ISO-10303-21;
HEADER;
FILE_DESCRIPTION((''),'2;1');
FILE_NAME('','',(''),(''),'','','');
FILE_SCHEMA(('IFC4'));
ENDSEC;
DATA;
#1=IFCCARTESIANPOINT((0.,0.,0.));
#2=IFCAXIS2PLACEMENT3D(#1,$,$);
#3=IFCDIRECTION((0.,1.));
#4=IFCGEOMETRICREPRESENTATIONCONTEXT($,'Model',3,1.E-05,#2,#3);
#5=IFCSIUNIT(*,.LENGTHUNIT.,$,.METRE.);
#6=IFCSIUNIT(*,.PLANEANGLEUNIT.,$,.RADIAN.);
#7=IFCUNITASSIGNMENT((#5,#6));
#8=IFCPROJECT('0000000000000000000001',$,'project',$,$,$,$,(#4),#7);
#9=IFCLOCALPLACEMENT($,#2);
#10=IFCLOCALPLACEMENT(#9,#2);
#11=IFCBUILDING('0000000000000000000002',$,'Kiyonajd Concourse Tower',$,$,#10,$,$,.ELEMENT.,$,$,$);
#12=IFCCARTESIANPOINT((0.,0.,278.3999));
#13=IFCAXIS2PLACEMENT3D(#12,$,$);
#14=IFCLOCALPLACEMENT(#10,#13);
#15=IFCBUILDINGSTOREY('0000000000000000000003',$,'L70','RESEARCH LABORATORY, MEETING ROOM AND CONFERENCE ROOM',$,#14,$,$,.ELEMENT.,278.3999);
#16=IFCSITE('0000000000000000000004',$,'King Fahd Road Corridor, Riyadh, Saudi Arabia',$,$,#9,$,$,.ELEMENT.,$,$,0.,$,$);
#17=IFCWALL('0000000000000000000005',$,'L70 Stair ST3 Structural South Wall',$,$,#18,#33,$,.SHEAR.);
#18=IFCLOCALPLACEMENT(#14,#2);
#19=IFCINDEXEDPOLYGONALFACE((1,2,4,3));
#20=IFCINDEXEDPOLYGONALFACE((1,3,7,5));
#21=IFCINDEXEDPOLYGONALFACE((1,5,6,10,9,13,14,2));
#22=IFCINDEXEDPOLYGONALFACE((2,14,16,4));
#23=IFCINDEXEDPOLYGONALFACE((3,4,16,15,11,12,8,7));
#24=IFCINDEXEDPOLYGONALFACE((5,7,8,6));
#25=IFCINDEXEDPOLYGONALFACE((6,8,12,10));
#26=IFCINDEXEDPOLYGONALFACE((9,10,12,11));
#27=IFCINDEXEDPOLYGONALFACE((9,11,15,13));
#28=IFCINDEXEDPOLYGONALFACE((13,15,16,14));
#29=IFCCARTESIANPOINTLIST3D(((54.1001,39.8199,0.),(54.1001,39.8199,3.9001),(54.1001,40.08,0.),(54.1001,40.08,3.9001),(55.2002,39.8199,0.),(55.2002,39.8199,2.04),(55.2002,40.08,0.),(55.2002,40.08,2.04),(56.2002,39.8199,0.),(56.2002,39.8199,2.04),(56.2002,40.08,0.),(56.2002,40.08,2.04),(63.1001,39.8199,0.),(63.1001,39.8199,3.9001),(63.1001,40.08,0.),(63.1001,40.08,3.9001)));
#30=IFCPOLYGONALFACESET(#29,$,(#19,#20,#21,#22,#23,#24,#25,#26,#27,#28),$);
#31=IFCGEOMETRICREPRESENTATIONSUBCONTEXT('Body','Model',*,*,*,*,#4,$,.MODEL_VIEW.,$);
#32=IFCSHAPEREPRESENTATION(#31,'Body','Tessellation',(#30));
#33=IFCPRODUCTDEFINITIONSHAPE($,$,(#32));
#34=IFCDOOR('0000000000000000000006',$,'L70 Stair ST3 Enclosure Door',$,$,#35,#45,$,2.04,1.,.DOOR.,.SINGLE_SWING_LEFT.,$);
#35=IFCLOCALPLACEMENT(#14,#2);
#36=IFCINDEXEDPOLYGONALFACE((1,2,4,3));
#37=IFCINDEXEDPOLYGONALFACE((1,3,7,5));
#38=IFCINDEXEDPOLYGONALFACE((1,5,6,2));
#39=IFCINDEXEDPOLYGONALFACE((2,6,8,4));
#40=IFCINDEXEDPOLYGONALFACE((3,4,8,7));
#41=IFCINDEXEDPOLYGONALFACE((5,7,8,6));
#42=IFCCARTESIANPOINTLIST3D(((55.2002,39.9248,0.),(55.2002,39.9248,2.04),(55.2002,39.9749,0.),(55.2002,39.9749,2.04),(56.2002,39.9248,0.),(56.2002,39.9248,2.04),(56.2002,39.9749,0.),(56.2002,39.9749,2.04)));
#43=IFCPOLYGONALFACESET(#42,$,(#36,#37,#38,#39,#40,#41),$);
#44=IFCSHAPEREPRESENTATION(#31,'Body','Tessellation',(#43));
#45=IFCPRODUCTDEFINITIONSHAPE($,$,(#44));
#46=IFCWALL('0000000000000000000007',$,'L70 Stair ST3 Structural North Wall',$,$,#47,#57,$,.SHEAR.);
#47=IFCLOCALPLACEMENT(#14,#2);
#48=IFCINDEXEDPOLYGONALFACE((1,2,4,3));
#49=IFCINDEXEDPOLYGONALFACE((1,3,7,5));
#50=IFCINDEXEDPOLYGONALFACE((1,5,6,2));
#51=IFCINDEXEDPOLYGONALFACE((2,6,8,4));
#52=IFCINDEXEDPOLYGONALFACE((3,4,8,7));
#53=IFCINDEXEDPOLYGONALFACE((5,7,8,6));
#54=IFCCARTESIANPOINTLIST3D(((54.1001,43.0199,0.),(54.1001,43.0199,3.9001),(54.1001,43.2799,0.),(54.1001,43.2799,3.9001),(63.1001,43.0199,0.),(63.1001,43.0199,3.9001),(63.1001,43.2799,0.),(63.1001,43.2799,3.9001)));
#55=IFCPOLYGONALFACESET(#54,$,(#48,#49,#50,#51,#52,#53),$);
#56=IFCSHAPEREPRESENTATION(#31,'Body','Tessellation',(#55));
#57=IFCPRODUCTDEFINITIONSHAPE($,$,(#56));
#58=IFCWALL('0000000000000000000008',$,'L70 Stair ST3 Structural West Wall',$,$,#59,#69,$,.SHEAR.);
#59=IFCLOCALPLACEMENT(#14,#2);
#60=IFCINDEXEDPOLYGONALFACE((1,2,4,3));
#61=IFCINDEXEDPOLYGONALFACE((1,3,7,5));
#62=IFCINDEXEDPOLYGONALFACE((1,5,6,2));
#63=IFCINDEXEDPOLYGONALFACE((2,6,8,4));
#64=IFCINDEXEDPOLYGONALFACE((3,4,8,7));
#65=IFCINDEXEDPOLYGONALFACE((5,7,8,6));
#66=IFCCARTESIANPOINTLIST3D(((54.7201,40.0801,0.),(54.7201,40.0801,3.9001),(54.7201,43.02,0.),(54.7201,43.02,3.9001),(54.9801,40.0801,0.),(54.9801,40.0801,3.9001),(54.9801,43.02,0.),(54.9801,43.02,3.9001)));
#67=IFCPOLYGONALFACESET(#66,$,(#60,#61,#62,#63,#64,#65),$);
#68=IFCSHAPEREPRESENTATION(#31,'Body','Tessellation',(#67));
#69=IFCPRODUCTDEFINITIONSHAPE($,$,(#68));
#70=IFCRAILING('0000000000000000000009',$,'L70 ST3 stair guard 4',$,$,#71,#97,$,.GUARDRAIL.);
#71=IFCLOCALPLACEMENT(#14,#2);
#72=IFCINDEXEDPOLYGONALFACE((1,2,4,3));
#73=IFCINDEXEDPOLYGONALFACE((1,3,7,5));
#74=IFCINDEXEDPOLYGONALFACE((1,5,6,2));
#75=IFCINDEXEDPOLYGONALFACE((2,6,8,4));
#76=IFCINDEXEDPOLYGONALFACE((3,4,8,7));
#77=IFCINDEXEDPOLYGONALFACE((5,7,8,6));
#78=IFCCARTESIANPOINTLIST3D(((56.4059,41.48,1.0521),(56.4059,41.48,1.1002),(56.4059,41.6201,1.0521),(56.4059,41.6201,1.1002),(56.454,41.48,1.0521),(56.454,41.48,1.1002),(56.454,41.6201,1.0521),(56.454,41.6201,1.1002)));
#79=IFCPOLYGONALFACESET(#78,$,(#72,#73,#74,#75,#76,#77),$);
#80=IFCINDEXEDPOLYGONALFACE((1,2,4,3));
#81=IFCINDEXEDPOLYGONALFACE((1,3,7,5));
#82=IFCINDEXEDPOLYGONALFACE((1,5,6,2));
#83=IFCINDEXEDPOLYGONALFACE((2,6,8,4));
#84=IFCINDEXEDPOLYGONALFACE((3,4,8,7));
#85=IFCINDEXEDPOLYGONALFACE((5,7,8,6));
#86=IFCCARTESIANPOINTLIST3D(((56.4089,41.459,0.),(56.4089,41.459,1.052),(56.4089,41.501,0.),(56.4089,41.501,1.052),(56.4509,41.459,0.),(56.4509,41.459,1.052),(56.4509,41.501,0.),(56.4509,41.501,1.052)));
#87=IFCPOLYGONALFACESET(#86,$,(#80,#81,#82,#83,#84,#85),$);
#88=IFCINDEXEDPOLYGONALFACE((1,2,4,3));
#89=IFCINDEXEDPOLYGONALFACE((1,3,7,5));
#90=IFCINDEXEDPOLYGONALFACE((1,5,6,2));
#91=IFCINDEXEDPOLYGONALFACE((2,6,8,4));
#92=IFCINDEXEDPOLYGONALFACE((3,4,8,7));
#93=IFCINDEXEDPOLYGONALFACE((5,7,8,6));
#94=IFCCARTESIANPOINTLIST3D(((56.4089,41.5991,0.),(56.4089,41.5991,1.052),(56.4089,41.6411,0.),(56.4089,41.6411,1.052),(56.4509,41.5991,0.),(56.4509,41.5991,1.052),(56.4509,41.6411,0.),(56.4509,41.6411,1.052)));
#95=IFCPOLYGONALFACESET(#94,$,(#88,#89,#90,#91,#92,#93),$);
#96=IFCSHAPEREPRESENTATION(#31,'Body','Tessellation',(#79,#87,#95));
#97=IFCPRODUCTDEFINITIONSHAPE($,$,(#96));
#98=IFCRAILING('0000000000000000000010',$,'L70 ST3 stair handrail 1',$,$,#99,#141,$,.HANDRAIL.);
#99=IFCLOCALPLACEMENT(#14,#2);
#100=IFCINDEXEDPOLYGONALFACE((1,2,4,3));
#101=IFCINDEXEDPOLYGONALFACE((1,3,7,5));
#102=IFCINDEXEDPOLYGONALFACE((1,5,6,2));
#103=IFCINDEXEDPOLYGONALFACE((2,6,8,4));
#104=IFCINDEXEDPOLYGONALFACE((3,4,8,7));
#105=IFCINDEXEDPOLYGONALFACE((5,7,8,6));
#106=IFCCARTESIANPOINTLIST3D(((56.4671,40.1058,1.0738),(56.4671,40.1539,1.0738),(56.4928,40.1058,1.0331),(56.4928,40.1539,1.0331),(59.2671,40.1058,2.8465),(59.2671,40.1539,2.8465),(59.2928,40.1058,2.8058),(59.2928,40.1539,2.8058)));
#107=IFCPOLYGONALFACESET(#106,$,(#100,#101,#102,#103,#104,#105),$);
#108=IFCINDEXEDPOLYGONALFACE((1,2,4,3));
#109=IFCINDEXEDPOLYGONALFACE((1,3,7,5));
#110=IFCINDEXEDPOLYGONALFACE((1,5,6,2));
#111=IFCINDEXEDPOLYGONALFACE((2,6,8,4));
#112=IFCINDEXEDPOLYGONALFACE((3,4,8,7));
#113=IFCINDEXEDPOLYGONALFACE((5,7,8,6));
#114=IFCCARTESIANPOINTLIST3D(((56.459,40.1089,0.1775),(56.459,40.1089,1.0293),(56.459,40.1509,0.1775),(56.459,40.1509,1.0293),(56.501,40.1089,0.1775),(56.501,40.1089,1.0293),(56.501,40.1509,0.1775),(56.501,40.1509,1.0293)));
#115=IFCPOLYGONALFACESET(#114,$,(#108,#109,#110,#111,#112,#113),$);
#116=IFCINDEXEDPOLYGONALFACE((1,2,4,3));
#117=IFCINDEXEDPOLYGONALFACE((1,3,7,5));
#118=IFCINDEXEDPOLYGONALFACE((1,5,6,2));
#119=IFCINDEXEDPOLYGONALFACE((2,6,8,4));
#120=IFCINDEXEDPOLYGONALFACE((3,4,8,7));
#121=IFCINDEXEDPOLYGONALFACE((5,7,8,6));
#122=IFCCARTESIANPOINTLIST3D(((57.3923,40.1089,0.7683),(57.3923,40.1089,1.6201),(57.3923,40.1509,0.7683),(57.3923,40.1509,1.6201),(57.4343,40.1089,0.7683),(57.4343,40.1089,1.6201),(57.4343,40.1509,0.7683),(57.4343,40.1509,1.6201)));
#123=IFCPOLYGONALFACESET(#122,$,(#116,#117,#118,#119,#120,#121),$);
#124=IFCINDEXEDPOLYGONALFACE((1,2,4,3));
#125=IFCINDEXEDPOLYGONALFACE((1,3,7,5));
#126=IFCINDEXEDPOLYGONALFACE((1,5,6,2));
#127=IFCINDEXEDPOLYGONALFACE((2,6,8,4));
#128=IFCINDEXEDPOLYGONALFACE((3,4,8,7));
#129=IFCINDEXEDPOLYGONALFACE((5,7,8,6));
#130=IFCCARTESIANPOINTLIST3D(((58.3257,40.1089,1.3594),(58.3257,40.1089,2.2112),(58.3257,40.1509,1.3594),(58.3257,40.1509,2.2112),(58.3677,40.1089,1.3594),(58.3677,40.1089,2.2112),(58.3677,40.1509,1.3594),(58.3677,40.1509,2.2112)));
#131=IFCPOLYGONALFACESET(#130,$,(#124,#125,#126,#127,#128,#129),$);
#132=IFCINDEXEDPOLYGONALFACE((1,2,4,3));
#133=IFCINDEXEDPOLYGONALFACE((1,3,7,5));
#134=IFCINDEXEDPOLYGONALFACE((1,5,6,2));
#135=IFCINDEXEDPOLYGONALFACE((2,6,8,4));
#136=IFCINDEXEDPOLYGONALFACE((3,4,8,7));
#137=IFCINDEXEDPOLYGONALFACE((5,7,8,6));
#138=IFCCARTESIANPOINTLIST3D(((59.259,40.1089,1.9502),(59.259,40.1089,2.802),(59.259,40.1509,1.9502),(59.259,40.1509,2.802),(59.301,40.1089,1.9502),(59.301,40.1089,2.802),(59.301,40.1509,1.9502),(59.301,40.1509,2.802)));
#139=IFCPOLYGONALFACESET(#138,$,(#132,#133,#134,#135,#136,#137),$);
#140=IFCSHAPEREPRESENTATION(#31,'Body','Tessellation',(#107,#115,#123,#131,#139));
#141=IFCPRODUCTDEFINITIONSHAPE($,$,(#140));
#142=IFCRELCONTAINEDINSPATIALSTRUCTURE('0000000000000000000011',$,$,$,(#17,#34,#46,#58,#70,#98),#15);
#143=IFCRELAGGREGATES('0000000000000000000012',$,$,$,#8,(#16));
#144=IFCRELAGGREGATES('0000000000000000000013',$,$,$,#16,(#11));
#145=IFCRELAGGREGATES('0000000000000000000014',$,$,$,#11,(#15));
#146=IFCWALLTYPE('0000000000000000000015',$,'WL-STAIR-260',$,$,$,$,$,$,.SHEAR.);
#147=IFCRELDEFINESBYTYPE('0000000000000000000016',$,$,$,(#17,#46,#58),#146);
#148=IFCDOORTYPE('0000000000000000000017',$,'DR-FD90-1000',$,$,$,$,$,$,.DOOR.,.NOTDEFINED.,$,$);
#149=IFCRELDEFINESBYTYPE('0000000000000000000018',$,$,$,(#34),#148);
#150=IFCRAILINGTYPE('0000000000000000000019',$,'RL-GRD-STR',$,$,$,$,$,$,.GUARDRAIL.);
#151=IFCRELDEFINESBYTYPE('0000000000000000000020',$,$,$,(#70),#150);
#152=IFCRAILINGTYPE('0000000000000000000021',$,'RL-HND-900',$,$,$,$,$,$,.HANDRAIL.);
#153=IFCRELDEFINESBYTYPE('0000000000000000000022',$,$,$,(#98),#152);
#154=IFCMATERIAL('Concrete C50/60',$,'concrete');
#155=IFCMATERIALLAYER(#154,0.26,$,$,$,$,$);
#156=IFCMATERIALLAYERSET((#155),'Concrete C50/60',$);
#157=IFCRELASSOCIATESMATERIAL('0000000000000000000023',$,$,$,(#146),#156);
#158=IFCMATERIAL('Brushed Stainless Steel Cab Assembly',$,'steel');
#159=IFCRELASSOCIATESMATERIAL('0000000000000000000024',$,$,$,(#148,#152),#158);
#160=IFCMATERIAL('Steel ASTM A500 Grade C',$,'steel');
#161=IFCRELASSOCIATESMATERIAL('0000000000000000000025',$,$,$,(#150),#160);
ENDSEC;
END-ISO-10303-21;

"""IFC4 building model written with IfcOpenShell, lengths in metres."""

from ifc_helpers import new_model, si_unit, direction, frame, frame_2d, origin, origin_2d, place, context, subcontext, project, spatial, rectangle, extrude, material, layer, layer_set, type_object, element, fill, save


model = new_model("IFC4")

# Units and contexts
model_context = context("Model", 3, precision=1e-05, world=origin(), true_north=direction((0.0, 1.0)))
body_context = subcontext(model_context, "Body", "Model", "MODEL_VIEW")
ifc_project = project(units=[si_unit("LENGTHUNIT", "METRE"), si_unit("PLANEANGLEUNIT", "RADIAN")], contexts=[model_context])

# Site, building, storey
site_placement = place(None, origin())
site = spatial("IfcSite", under=ifc_project, at=site_placement, Name="King Fahd Road Corridor, Riyadh, Saudi Arabia", CompositionType="ELEMENT", RefElevation=0.0)
building_placement = place(site_placement, origin())
building = spatial("IfcBuilding", under=site, at=building_placement, Name="Kiyonajd Concourse Tower", CompositionType="ELEMENT")
storey_placement = place(building_placement, frame((0.0, 0.0, 278.3999)))
storey = spatial("IfcBuildingStorey", under=building, at=storey_placement, Name="L70", Description="RESEARCH LABORATORY, MEETING ROOM AND CONFERENCE ROOM", CompositionType="ELEMENT", Elevation=278.3999)

# Shared definitions
ifc_material_1 = material(Name="Concrete C50/60", Category="concrete")

# Wall, opening, door
ifc_layer_1 = layer(ifc_material_1, 0.26)
ifc_layer_set_1 = layer_set([ifc_layer_1], Name="Concrete C50/60")
wall_type_1 = type_object("IfcWallType", Name="WL-STAIR-260", PredefinedType="SHEAR", material=ifc_layer_set_1)
wall_1_placement = place(storey_placement, frame((54.1001, 39.95, 0.0), z_axis=(0.0, 0.0, 1.0), x_axis=(1.0, 0.0, 0.0)))
wall_1 = element("IfcWall", 1, at=wall_1_placement, inside=storey, type_object=wall_type_1, Name="L70 Stair ST3 Structural South Wall", PredefinedType="SHEAR", context=body_context, shape_type="SweptSolid", body=[
    extrude(rectangle(XDim=9.0, YDim=0.26, at=frame_2d((4.5, 0.0))), origin(), (0.0, 0.0, 1.0), 3.9001),
])
opening_1_placement = place(wall_1_placement, frame((1.1001, 0.0, 0.0)))
opening_1 = element("IfcOpeningElement", 2, at=opening_1_placement, cuts=wall_1, PredefinedType="OPENING", context=body_context, shape_type="SweptSolid", body=[
    extrude(rectangle(XDim=1.0, YDim=2.04, at=frame_2d((0.5, 1.02))), frame((0.0, 0.1399, 0.0), z_axis=(0.0, -1.0, 0.0), x_axis=(1.0, 0.0, 0.0)), (0.0, 0.0, 1.0), 0.28),
])
ifc_material_2 = material(Name="Brushed Stainless Steel Cab Assembly", Category="steel")
door_type_1 = type_object("IfcDoorType", Name="DR-FD90-1000", OperationType="NOTDEFINED", PredefinedType="DOOR", material=ifc_material_2)
door_1_placement = place(opening_1_placement, origin())
door_1 = element("IfcDoor", 3, at=door_1_placement, inside=storey, type_object=door_type_1, Name="L70 Stair ST3 Enclosure Door", OperationType="SINGLE_SWING_LEFT", OverallHeight=2.04, OverallWidth=1.0, PredefinedType="DOOR", context=body_context, shape_type="SweptSolid", body=[
    extrude(rectangle(XDim=1.0, YDim=2.04, at=frame_2d((0.5, 1.02))), frame((0.0, 0.0249, 0.0), z_axis=(0.0, -1.0, 0.0), x_axis=(1.0, 0.0, 0.0)), (0.0, 0.0, 1.0), 0.05),
])
fill(opening_1, door_1)

# Walls
wall_2_placement = place(storey_placement, frame((54.1001, 43.1499, 0.0), z_axis=(0.0, 0.0, 1.0), x_axis=(1.0, 0.0, 0.0)))
element("IfcWall", 4, at=wall_2_placement, inside=storey, type_object=wall_type_1, Name="L70 Stair ST3 Structural North Wall", PredefinedType="SHEAR", context=body_context, shape_type="SweptSolid", body=[
    extrude(rectangle(XDim=9.0, YDim=0.26, at=frame_2d((4.5, 0.0))), origin(), (0.0, 0.0, 1.0), 3.9001),
])
wall_3_placement = place(storey_placement, frame((54.8501, 40.0801, 0.0), z_axis=(0.0, 0.0, 1.0), x_axis=(0.0, 1.0, 0.0)))
element("IfcWall", 5, at=wall_3_placement, inside=storey, type_object=wall_type_1, Name="L70 Stair ST3 Structural West Wall", PredefinedType="SHEAR", context=body_context, shape_type="SweptSolid", body=[
    extrude(rectangle(XDim=2.9399, YDim=0.26, at=frame_2d((1.47, 0.0))), origin(), (0.0, 0.0, 1.0), 3.9001),
])

# Railings
ifc_material_3 = material(Name="Steel ASTM A500 Grade C", Category="steel")
railing_type_1 = type_object("IfcRailingType", Name="RL-GRD-STR", PredefinedType="GUARDRAIL", material=ifc_material_3)
railing_1_placement = place(storey_placement, frame((56.4299, 41.48, 0.0)))
element("IfcRailing", 6, at=railing_1_placement, inside=storey, type_object=railing_type_1, Name="L70 ST3 stair guard 4", PredefinedType="GUARDRAIL", context=body_context, shape_type="SweptSolid", body=[
    extrude(rectangle(XDim=0.0481, YDim=0.0481, at=origin_2d()), frame((0.0, 0.0, 1.0762), z_axis=(0.0, 1.0, 0.0), x_axis=(-1.0, 0.0, 0.0)), (0.0, 0.0, 1.0), 0.1401),
    extrude(rectangle(XDim=0.042, YDim=0.042, at=origin_2d()), origin(), (0.0, 0.0, 1.0), 1.052),
    extrude(rectangle(XDim=0.042, YDim=0.042, at=origin_2d()), frame((0.0, 0.1401, 0.0)), (0.0, 0.0, 1.0), 1.052),
])
railing_type_2 = type_object("IfcRailingType", Name="RL-HND-900", PredefinedType="HANDRAIL", material=ifc_material_2)
railing_2_placement = place(storey_placement, frame((56.48, 40.1299, 0.1775)))
element("IfcRailing", 7, at=railing_2_placement, inside=storey, type_object=railing_type_2, Name="L70 ST3 stair handrail 1", PredefinedType="HANDRAIL", context=body_context, shape_type="SweptSolid", body=[
    extrude(rectangle(XDim=0.0481, YDim=0.0481, at=origin_2d()), frame((0.0, 0.0, 0.876), z_axis=(0.844909, 0.0, 0.53491), x_axis=(0.0, 1.0, 0.0)), (0.0, 0.0, 1.0), 3.314),
    extrude(rectangle(XDim=0.042, YDim=0.042, at=origin_2d()), origin(), (0.0, 0.0, 1.0), 0.8518),
    extrude(rectangle(XDim=0.042, YDim=0.042, at=origin_2d()), frame((0.9333, 0.0, 0.5908)), (0.0, 0.0, 1.0), 0.8518),
    extrude(rectangle(XDim=0.042, YDim=0.042, at=origin_2d()), frame((1.8667, 0.0, 1.1819)), (0.0, 0.0, 1.0), 0.8518),
    extrude(rectangle(XDim=0.042, YDim=0.042, at=origin_2d()), frame((2.8, 0.0, 1.7727)), (0.0, 0.0, 1.0), 0.8518),
])

save(model, "model.ifc")
